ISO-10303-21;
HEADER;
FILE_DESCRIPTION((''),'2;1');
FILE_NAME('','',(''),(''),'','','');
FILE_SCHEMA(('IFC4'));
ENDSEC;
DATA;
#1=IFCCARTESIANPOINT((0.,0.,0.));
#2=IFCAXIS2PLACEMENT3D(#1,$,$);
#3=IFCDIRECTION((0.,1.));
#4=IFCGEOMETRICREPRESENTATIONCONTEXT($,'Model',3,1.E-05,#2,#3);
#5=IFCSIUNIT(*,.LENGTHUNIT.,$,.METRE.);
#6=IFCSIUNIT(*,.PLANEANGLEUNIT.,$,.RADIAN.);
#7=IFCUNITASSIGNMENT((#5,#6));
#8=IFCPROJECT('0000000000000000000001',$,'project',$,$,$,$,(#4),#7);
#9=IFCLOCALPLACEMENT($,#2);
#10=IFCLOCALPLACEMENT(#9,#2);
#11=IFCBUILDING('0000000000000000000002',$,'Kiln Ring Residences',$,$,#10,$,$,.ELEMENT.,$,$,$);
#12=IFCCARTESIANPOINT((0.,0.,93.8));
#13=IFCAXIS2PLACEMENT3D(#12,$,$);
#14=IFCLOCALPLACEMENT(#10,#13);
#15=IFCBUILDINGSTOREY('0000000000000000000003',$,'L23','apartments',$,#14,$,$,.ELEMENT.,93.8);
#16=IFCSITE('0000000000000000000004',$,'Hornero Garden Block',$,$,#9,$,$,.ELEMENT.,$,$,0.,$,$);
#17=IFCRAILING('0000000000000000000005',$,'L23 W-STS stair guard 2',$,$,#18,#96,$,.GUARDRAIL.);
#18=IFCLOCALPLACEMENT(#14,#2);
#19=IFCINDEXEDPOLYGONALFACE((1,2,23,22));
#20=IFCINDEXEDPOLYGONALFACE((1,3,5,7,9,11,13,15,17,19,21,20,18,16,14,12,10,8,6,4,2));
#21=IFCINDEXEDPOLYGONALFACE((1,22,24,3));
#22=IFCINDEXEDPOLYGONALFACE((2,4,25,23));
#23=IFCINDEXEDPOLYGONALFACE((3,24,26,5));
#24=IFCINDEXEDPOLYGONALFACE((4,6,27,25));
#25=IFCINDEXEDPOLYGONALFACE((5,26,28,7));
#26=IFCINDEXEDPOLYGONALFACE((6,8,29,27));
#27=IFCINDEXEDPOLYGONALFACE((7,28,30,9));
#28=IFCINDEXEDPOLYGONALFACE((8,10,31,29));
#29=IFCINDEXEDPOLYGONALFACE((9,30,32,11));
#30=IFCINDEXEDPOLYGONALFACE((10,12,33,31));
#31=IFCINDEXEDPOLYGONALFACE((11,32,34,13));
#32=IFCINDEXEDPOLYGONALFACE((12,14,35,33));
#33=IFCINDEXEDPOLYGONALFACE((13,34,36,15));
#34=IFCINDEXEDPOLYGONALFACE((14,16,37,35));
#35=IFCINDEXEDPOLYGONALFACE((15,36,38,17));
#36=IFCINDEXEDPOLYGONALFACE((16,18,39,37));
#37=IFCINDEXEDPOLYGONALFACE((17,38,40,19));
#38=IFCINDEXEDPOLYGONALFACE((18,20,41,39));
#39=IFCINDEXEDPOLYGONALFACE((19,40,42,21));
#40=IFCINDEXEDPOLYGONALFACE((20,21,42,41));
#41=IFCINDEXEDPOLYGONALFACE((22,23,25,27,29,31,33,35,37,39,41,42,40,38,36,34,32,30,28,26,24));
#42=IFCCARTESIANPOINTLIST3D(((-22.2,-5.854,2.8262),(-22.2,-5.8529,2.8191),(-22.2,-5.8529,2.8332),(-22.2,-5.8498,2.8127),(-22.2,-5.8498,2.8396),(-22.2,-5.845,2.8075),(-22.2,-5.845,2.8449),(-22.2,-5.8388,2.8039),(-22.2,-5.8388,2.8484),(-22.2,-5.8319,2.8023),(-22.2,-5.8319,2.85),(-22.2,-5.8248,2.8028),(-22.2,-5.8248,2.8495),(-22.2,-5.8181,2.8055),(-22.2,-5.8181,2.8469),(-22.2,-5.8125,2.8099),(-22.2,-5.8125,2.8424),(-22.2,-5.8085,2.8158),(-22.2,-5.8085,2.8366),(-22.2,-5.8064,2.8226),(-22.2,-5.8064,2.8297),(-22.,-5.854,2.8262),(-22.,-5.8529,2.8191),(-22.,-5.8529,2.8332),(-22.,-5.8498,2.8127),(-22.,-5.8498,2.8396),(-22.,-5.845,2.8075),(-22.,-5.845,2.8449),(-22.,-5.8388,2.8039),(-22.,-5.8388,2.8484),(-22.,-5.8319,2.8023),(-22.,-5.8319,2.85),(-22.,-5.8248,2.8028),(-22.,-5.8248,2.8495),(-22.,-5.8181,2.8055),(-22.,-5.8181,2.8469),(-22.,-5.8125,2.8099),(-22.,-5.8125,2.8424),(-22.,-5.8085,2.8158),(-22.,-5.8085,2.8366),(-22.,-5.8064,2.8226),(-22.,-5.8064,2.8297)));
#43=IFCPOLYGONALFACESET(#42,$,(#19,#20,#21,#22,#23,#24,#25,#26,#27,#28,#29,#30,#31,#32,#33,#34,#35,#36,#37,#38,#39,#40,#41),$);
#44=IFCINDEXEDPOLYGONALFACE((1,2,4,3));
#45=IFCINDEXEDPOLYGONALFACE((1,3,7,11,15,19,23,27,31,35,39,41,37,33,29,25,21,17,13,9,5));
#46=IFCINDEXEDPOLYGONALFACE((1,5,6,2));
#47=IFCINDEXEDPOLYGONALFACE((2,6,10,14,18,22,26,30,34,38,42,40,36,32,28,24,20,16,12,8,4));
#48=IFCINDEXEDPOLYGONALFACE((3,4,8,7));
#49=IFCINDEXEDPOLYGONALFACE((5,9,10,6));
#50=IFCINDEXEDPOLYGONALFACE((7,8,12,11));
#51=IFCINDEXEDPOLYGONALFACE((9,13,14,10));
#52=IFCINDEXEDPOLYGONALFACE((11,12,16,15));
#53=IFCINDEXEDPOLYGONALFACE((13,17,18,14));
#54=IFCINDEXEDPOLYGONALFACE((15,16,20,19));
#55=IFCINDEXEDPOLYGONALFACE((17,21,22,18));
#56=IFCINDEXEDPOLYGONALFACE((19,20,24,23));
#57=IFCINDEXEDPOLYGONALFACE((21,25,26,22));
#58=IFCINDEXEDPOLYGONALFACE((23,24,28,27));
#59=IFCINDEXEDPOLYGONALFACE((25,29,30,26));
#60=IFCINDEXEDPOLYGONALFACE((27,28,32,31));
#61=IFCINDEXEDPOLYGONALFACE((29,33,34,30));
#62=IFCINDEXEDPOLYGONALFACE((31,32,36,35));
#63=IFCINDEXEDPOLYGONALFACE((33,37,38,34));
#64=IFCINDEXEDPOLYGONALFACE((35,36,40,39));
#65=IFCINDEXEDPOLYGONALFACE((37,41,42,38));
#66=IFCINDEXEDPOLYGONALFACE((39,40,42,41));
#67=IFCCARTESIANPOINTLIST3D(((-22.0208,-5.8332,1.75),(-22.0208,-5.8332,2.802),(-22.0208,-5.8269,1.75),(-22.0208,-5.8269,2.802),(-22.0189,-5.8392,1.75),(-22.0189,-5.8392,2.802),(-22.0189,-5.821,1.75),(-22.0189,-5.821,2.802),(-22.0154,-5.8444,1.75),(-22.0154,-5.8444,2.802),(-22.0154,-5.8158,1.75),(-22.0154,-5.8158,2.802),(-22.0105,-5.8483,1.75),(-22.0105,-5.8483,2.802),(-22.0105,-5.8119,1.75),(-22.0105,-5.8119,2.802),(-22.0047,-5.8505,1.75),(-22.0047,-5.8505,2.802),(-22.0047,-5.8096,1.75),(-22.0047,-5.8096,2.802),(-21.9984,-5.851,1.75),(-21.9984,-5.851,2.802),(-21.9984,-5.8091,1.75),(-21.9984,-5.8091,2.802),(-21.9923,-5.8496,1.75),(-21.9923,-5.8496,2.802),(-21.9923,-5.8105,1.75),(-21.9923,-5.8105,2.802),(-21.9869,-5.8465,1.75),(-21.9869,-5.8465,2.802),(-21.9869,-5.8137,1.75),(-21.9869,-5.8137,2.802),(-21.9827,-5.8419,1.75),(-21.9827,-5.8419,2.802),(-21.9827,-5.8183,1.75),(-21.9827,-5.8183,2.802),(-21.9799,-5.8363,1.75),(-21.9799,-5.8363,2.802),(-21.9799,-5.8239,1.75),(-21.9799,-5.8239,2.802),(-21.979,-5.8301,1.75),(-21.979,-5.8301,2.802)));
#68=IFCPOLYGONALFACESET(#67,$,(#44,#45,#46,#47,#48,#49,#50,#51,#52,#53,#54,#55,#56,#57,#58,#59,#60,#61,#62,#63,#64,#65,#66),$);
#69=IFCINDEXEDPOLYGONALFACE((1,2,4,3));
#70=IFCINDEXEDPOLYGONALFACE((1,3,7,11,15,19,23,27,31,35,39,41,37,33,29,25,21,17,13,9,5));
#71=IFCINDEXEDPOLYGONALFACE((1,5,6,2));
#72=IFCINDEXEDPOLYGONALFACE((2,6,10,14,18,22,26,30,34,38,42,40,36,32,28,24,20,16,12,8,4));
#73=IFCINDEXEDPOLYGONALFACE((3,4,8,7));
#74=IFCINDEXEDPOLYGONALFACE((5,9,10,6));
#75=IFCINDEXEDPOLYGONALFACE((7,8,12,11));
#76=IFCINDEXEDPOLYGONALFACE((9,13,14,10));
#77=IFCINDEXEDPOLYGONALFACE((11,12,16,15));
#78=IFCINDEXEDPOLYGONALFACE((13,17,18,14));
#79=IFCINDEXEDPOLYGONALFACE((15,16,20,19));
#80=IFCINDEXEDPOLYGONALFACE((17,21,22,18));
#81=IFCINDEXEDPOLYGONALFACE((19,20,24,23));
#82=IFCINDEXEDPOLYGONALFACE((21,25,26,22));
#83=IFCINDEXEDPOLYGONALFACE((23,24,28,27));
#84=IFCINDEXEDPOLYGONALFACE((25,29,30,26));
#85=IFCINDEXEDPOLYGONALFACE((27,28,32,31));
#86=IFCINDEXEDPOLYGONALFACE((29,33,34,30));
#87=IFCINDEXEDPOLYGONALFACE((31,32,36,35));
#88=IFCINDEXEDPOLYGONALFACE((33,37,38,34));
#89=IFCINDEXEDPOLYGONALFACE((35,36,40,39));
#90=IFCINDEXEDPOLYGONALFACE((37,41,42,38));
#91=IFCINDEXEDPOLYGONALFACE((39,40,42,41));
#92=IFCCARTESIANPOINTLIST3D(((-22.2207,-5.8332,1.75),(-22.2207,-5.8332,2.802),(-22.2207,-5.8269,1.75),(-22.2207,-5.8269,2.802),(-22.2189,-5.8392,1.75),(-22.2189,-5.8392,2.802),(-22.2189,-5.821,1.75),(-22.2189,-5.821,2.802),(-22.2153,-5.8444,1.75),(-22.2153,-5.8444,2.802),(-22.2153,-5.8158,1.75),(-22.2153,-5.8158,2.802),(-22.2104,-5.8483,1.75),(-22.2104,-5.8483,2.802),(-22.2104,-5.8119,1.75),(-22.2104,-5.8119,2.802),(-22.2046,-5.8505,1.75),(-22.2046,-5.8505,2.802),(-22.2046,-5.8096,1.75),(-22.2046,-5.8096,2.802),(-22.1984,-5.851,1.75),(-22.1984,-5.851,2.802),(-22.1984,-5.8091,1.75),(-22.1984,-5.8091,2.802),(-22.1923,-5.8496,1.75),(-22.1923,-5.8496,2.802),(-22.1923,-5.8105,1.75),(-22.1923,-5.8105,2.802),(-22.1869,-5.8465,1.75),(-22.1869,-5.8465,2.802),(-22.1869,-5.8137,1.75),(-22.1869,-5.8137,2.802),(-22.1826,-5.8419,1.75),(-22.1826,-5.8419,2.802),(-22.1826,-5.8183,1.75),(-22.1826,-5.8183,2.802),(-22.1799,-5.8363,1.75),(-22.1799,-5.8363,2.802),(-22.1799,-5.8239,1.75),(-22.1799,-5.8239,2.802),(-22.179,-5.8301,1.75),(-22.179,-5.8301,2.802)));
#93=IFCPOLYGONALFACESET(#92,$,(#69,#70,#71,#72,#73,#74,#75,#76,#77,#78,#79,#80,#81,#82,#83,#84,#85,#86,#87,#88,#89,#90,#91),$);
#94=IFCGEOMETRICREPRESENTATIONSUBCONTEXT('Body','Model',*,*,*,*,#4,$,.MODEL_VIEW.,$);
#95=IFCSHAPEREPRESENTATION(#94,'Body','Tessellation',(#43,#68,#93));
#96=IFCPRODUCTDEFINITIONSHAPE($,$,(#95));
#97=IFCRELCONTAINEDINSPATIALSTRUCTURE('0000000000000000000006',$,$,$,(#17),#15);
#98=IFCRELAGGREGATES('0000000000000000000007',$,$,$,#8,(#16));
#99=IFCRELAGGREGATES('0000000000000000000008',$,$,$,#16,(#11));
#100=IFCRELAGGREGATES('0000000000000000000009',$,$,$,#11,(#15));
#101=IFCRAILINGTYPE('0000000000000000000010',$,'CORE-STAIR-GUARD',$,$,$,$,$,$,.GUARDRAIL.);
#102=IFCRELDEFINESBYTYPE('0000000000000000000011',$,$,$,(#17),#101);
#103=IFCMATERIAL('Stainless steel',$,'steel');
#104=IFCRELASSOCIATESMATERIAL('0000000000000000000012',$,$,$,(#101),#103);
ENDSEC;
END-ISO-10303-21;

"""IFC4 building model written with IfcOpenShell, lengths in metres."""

from ifc_helpers import new_model, si_unit, direction, frame, origin, origin_2d, place, context, subcontext, project, spatial, circle, extrude, material, type_object, element, save


model = new_model("IFC4")

# Units and contexts
model_context = context("Model", 3, precision=1e-05, world=origin(), true_north=direction((0.0, 1.0)))
body_context = subcontext(model_context, "Body", "Model", "MODEL_VIEW")
ifc_project = project(units=[si_unit("LENGTHUNIT", "METRE"), si_unit("PLANEANGLEUNIT", "RADIAN")], contexts=[model_context])

# Site, building, storey
site_placement = place(None, origin())
site = spatial("IfcSite", under=ifc_project, at=site_placement, Name="Hornero Garden Block", CompositionType="ELEMENT", RefElevation=0.0)
building_placement = place(site_placement, origin())
building = spatial("IfcBuilding", under=site, at=building_placement, Name="Kiln Ring Residences", CompositionType="ELEMENT")
storey_placement = place(building_placement, frame((0.0, 0.0, 93.8)))
storey = spatial("IfcBuildingStorey", under=building, at=storey_placement, Name="L23", Description="apartments", CompositionType="ELEMENT", Elevation=93.8)

# Railing
ifc_material_1 = material(Name="Stainless steel", Category="steel")
railing_type_1 = type_object("IfcRailingType", Name="CORE-STAIR-GUARD", PredefinedType="GUARDRAIL", material=ifc_material_1)
railing_1_placement = place(storey_placement, frame((-22.0, -5.8301, 1.75)))
element("IfcRailing", 1, at=railing_1_placement, inside=storey, type_object=railing_type_1, Name="L23 W-STS stair guard 2", PredefinedType="GUARDRAIL", context=body_context, shape_type="SweptSolid", body=[
    extrude(circle(Radius=0.0239, at=origin_2d()), frame((0.0, 0.0, 1.0762), z_axis=(-1.0, 0.0, 0.0), x_axis=(0.0, -1.0, 0.0)), (0.0, 0.0, 1.0), 0.2),
    extrude(circle(Radius=0.021, at=origin_2d()), origin(), (0.0, 0.0, 1.0), 1.052),
    extrude(circle(Radius=0.021, at=origin_2d()), frame((-0.2, 0.0, 0.0)), (0.0, 0.0, 1.0), 1.052),
])

save(model, "model.ifc")
